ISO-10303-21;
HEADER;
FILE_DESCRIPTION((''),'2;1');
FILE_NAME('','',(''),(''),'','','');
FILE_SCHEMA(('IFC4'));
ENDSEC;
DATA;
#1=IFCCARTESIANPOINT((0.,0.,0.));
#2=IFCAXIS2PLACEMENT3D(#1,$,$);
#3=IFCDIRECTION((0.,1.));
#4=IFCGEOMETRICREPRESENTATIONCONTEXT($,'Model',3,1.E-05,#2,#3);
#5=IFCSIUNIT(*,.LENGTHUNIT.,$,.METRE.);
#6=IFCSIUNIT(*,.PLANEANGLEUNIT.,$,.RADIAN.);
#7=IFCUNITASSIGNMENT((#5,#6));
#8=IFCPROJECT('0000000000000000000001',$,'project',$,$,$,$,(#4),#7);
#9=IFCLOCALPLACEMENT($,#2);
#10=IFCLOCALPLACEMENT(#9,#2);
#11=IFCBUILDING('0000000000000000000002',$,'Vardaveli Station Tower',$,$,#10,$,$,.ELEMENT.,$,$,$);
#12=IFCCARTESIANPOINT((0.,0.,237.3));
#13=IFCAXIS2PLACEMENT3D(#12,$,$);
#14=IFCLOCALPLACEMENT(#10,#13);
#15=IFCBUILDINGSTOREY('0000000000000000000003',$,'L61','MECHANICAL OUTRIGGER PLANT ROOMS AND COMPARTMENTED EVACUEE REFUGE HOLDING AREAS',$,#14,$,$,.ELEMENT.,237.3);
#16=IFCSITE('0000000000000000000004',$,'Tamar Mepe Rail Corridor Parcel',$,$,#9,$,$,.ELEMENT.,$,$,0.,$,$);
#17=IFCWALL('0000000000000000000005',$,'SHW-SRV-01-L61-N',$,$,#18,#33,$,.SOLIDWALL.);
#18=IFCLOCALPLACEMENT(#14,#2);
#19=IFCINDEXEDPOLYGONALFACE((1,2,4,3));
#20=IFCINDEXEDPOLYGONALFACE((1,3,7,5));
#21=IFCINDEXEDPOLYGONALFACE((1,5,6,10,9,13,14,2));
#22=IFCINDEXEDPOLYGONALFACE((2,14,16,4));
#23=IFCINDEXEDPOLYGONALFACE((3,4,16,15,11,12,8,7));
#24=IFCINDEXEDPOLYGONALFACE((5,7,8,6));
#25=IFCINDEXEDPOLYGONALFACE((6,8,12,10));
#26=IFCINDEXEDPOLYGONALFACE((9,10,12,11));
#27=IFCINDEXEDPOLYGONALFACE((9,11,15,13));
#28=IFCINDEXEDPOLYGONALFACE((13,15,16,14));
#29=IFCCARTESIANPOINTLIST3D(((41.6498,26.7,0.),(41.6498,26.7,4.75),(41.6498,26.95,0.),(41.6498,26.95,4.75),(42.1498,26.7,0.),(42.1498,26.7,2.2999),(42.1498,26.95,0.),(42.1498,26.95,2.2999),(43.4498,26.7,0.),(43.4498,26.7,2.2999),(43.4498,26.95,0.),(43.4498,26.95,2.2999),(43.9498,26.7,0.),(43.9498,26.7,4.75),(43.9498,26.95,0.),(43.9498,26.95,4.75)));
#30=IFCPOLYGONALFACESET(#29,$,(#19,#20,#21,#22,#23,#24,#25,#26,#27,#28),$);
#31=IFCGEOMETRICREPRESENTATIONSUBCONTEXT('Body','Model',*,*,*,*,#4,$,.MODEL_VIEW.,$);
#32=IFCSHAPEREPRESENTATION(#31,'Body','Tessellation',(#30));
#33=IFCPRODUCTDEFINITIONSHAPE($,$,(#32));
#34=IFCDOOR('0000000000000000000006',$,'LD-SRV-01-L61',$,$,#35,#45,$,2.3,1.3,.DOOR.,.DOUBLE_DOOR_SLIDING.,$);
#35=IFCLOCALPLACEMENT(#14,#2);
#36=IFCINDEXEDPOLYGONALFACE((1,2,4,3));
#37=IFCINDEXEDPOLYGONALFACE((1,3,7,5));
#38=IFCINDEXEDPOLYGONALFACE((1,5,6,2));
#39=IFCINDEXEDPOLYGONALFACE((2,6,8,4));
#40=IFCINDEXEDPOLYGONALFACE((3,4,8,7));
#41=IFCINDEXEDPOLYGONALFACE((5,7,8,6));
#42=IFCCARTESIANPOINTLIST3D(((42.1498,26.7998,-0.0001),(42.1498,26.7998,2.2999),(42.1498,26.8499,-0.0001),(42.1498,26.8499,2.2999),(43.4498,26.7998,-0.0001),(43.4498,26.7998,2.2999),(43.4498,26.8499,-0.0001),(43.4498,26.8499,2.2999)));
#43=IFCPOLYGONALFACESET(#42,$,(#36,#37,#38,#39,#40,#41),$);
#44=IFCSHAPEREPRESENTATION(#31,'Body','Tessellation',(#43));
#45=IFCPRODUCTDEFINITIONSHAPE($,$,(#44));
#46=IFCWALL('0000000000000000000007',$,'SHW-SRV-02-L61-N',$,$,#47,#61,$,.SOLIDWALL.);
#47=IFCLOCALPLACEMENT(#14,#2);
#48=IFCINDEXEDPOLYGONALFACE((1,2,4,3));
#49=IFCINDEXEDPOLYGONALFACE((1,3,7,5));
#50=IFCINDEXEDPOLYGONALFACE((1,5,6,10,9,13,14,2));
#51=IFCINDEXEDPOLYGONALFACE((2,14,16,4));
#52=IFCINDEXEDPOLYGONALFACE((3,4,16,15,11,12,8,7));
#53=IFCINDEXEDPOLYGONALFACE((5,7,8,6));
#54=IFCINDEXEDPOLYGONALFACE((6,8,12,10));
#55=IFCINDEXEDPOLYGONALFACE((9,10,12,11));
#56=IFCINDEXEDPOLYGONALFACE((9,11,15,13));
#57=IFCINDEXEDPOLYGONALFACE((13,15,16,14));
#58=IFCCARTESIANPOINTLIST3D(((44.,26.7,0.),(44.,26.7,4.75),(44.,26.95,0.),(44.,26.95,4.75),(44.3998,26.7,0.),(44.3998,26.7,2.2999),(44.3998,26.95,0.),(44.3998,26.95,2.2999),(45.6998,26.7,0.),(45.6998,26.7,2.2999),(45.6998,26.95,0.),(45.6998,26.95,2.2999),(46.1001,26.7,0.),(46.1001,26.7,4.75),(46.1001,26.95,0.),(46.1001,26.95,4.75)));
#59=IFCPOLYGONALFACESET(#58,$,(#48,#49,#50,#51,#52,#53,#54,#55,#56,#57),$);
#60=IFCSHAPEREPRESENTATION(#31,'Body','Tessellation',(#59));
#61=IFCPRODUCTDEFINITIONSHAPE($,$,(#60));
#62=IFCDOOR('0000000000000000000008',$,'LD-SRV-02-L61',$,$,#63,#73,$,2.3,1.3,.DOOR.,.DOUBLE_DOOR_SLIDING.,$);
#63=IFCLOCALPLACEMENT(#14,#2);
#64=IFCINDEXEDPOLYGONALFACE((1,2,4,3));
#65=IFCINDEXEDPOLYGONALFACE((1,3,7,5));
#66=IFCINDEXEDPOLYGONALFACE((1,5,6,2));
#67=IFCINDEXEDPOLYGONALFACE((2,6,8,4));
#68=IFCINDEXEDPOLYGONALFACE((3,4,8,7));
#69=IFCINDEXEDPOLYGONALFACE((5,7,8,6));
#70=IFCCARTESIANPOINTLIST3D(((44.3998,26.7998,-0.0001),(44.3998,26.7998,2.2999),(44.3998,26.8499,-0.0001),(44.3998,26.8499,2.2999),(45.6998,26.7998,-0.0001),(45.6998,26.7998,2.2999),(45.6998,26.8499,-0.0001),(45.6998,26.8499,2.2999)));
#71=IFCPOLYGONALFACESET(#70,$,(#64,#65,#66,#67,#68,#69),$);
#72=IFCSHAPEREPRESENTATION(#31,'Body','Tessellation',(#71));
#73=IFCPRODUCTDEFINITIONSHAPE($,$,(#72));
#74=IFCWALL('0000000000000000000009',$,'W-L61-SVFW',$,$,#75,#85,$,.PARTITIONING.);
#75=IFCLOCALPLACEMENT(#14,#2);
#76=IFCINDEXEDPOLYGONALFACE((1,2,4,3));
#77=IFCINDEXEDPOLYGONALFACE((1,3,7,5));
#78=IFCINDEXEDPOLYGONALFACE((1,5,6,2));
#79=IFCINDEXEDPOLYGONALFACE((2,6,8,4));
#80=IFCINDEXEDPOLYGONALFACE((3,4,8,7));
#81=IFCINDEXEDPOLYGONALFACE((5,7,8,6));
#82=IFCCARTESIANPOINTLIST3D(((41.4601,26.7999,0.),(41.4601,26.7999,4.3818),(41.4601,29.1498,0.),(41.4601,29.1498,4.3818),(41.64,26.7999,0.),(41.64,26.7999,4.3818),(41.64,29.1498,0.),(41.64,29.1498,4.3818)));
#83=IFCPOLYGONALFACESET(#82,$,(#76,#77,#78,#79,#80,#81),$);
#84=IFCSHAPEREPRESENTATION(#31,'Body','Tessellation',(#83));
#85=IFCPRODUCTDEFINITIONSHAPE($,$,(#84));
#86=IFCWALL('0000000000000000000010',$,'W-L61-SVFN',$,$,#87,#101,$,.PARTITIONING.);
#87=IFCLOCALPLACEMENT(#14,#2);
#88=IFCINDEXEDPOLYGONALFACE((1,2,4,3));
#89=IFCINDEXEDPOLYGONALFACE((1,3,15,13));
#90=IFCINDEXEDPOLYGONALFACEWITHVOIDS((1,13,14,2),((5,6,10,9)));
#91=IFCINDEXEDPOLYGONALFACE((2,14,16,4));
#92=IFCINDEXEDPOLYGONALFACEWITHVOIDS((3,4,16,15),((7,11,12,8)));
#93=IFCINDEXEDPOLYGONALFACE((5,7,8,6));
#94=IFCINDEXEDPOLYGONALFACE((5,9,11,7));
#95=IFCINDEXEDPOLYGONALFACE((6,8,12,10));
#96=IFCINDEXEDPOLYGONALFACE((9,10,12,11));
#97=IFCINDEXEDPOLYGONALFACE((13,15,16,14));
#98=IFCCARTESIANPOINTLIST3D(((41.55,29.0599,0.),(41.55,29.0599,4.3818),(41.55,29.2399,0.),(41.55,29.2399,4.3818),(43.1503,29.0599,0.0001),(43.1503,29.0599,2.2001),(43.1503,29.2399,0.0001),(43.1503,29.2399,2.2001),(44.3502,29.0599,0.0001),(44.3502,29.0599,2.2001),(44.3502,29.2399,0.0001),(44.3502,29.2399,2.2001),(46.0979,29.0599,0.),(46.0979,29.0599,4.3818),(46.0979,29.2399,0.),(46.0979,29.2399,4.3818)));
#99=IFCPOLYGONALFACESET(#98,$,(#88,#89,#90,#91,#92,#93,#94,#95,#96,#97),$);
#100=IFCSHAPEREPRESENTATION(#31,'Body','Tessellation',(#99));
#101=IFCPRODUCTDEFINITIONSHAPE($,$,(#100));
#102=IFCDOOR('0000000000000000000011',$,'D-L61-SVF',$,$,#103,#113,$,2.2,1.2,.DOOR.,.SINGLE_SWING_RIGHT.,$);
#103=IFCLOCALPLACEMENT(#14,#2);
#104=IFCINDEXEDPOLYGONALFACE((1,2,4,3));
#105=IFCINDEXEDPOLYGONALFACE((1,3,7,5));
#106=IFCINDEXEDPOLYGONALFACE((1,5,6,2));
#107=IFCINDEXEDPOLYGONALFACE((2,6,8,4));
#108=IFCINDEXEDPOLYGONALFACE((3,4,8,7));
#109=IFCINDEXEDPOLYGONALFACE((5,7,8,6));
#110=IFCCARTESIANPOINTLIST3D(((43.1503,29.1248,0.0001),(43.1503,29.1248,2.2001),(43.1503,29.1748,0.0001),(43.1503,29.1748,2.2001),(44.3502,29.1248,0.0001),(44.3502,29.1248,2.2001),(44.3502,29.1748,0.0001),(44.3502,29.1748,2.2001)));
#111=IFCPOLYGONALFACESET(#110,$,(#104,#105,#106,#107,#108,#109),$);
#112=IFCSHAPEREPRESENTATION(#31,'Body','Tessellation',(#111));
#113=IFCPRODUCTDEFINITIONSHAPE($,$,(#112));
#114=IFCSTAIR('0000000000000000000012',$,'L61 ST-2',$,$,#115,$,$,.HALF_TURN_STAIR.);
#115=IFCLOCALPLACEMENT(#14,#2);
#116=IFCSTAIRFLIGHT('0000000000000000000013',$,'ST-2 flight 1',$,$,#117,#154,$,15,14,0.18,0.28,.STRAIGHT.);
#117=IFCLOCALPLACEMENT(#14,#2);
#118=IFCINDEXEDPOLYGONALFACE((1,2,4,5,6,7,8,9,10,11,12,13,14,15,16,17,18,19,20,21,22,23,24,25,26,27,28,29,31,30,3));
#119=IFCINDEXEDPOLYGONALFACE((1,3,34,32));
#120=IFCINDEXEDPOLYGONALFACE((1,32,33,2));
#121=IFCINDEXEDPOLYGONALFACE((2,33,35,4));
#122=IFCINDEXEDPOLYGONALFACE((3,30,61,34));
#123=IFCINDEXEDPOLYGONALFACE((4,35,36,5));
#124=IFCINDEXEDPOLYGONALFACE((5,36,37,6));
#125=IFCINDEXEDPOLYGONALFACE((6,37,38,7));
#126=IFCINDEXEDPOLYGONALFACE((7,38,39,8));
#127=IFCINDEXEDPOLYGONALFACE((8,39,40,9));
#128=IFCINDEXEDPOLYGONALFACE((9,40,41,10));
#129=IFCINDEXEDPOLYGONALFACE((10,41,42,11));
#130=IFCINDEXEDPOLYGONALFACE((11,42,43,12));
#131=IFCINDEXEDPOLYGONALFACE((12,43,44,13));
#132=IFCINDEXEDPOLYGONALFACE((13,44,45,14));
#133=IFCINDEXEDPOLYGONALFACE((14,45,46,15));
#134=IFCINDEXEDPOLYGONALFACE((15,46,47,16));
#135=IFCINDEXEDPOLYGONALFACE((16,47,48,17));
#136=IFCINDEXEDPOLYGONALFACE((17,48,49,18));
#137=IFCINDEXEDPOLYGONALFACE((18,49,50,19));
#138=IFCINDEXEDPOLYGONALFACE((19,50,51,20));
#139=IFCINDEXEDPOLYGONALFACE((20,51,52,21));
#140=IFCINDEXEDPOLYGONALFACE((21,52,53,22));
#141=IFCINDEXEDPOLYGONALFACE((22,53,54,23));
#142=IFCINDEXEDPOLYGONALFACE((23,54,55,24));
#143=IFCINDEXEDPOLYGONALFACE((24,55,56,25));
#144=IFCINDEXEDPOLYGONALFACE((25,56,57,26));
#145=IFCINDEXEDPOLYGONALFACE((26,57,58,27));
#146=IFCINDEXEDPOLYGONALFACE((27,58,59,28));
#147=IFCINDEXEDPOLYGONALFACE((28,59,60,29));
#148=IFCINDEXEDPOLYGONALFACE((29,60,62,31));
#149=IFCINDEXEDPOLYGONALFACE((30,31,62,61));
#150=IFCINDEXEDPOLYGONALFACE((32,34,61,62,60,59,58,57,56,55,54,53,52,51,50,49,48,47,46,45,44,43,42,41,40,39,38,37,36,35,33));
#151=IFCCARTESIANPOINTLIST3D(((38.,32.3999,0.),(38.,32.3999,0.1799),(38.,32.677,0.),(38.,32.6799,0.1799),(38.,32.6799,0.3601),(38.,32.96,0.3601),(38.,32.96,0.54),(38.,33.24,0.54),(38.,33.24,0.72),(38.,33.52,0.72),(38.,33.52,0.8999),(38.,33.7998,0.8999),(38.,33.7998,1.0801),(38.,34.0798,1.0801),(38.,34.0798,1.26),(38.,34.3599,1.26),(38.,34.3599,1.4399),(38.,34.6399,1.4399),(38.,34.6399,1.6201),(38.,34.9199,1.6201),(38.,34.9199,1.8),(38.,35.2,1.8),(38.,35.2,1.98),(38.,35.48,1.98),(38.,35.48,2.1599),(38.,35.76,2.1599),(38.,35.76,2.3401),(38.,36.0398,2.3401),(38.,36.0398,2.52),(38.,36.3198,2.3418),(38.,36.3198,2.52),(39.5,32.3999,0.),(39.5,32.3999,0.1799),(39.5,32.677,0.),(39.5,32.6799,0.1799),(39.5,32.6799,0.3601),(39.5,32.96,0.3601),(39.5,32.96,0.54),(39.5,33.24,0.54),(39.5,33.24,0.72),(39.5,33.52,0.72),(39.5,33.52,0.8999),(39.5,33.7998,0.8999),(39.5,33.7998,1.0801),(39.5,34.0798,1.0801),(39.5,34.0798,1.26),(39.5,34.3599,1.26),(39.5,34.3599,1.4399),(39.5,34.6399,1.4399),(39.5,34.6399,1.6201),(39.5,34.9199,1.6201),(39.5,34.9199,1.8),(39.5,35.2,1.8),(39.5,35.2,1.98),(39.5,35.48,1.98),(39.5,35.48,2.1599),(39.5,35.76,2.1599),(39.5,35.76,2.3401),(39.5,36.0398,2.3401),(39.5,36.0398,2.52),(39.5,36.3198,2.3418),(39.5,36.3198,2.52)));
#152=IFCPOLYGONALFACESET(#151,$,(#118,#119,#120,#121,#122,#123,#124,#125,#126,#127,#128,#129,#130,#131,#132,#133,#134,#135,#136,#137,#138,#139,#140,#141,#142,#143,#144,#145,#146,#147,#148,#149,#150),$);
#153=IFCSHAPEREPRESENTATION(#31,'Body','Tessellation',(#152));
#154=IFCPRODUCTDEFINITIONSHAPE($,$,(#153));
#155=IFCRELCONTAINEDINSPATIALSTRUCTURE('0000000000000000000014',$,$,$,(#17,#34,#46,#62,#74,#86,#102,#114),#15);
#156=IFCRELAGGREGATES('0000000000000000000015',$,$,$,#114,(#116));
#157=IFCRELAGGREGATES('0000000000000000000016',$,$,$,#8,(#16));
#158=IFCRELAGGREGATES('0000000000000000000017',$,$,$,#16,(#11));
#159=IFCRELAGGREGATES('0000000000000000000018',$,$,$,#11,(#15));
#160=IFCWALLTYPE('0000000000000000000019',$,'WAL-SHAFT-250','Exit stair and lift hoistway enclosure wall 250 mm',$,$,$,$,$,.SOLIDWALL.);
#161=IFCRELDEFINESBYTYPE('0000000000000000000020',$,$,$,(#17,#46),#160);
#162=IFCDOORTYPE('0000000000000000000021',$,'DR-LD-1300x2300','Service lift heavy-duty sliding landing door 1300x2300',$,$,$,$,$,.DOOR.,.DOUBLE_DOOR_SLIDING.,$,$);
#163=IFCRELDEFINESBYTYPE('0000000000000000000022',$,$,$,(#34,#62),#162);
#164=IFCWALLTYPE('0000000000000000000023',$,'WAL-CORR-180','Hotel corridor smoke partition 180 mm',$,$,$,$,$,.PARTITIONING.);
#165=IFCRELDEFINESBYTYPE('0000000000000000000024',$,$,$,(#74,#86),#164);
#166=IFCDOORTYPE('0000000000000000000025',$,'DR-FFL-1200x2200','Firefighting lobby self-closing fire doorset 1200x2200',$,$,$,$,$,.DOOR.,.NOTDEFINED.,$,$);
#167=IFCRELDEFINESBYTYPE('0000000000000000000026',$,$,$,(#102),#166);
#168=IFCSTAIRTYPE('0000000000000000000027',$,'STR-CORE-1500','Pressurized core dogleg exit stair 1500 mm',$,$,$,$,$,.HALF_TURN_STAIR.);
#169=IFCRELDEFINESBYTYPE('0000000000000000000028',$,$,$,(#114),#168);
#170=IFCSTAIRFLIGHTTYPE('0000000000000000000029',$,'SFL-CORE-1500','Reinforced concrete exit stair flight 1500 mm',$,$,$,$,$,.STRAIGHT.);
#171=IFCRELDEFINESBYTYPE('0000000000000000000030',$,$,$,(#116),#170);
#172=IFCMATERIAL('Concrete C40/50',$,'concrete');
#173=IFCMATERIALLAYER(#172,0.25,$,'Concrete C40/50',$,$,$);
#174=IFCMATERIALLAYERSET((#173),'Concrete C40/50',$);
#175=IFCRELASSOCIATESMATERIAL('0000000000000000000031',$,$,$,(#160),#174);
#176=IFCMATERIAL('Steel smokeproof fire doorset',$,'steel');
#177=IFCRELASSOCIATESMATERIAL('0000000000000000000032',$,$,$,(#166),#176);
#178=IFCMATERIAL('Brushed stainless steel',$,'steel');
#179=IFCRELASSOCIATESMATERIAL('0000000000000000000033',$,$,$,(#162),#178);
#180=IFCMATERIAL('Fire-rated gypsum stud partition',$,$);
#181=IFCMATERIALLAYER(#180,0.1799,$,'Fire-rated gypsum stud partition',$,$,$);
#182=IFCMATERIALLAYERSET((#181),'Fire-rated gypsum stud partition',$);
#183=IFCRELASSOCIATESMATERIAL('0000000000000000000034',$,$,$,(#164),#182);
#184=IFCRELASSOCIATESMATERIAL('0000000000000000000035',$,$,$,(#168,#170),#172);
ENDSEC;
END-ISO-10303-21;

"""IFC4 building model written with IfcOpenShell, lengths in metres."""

from ifc_helpers import new_model, si_unit, direction, frame, frame_2d, origin, place, context, subcontext, project, spatial, polyline, rectangle, outline, extrude, source, transform, mapped, material, layer, layer_set, type_object, element, fill, aggregate, save


model = new_model("IFC4")

# Units and contexts
model_context = context("Model", 3, precision=1e-05, world=origin(), true_north=direction((0.0, 1.0)))
body_context = subcontext(model_context, "Body", "Model", "MODEL_VIEW")
ifc_project = project(units=[si_unit("LENGTHUNIT", "METRE"), si_unit("PLANEANGLEUNIT", "RADIAN")], contexts=[model_context])

# Site, building, storey
site_placement = place(None, origin())
site = spatial("IfcSite", under=ifc_project, at=site_placement, Name="Tamar Mepe Rail Corridor Parcel", CompositionType="ELEMENT", RefElevation=0.0)
building_placement = place(site_placement, origin())
building = spatial("IfcBuilding", under=site, at=building_placement, Name="Vardaveli Station Tower", CompositionType="ELEMENT")
storey_placement = place(building_placement, frame((0.0, 0.0, 237.3)))
storey = spatial("IfcBuildingStorey", under=building, at=storey_placement, Name="L61", Description="MECHANICAL OUTRIGGER PLANT ROOMS AND COMPARTMENTED EVACUEE REFUGE HOLDING AREAS", CompositionType="ELEMENT", Elevation=237.3)

# Shared definitions
ifc_material_1 = material(Name="Concrete C40/50", Category="concrete")
ifc_layer_1 = layer(ifc_material_1, 0.25, Name="Concrete C40/50")
ifc_layer_set_1 = layer_set([ifc_layer_1], Name="Concrete C40/50")
wall_type_1 = type_object("IfcWallType", Name="WAL-SHAFT-250", Description="Exit stair and lift hoistway enclosure wall 250 mm", PredefinedType="SOLIDWALL", material=ifc_layer_set_1)
ifc_material_2 = material(Name="Steel smokeproof fire doorset", Category="steel")
door_type_1 = type_object("IfcDoorType", Name="DR-FFL-1200x2200", Description="Firefighting lobby self-closing fire doorset 1200x2200", OperationType="NOTDEFINED", PredefinedType="DOOR", material=ifc_material_2)
shared_shape_1 = source(origin(), body_context, "Body", "SweptSolid", [
    extrude(rectangle(XDim=1.2, YDim=2.2, at=frame_2d((0.6001, 1.1001))), frame((0.0, 0.0249, 0.0), z_axis=(0.0, -1.0, 0.0), x_axis=(1.0, 0.0, 0.0)), (0.0, 0.0, 1.0), 0.05),
])

# Walls, openings, doors
ifc_material_3 = material(Name="Brushed stainless steel", Category="steel")
shared_shape_2 = source(origin(), body_context, "Body", "SweptSolid", [
    extrude(rectangle(XDim=2.3, YDim=0.25, at=frame_2d((1.1499, 0.0))), origin(), (0.0, 0.0, 1.0), 4.75),
])
wall_1_placement = place(storey_placement, frame((41.6499, 26.825, 0.0), z_axis=(0.0, 0.0, 1.0), x_axis=(1.0, 0.0, 0.0)))
wall_1 = element("IfcWall", 1, at=wall_1_placement, inside=storey, type_object=wall_type_1, Name="SHW-SRV-01-L61-N", PredefinedType="SOLIDWALL", context=body_context, shape_type="MappedRepresentation", body=[
    mapped(shared_shape_2, transform((0.0, 0.0, 0.0), scale=1.0)),
])
shared_shape_3 = source(origin(), body_context, "Body", "SweptSolid", [
    extrude(rectangle(XDim=1.3, YDim=2.3, at=frame_2d((0.6499, 1.1499))), frame((0.0, 0.135, 0.0), z_axis=(0.0, -1.0, 0.0), x_axis=(1.0, 0.0, 0.0)), (0.0, 0.0, 1.0), 0.27),
])
opening_1_placement = place(wall_1_placement, frame((0.5, 0.0, 0.0)))
opening_1 = element("IfcOpeningElement", 2, at=opening_1_placement, cuts=wall_1, PredefinedType="OPENING", context=body_context, shape_type="MappedRepresentation", body=[
    mapped(shared_shape_3, transform((0.0, 0.0, 0.0), scale=1.0)),
])
door_type_2 = type_object("IfcDoorType", Name="DR-LD-1300x2300", Description="Service lift heavy-duty sliding landing door 1300x2300", OperationType="DOUBLE_DOOR_SLIDING", PredefinedType="DOOR", material=ifc_material_3)
shared_shape_4 = source(origin(), body_context, "Body", "SweptSolid", [
    extrude(rectangle(XDim=1.3, YDim=2.3, at=frame_2d((0.6499, 1.1499))), frame((0.0, 0.0249, 0.0), z_axis=(0.0, -1.0, 0.0), x_axis=(1.0, 0.0, 0.0)), (0.0, 0.0, 1.0), 0.05),
])
door_1_placement = place(opening_1_placement, origin())
door_1 = element("IfcDoor", 3, at=door_1_placement, inside=storey, type_object=door_type_2, Name="LD-SRV-01-L61", OperationType="DOUBLE_DOOR_SLIDING", OverallHeight=2.3, OverallWidth=1.3, PredefinedType="DOOR", context=body_context, shape_type="MappedRepresentation", body=[
    mapped(shared_shape_4, transform((0.0, 0.0, 0.0), scale=1.0)),
])
fill(opening_1, door_1)
shared_shape_5 = source(origin(), body_context, "Body", "SweptSolid", [
    extrude(rectangle(XDim=2.1001, YDim=0.25, at=frame_2d((1.05, 0.0))), origin(), (0.0, 0.0, 1.0), 4.75),
])
wall_2_placement = place(storey_placement, frame((44.0, 26.825, 0.0), z_axis=(0.0, 0.0, 1.0), x_axis=(1.0, 0.0, 0.0)))
wall_2 = element("IfcWall", 4, at=wall_2_placement, inside=storey, type_object=wall_type_1, Name="SHW-SRV-02-L61-N", PredefinedType="SOLIDWALL", context=body_context, shape_type="MappedRepresentation", body=[
    mapped(shared_shape_5, transform((0.0, 0.0, 0.0), scale=1.0)),
])
opening_2_placement = place(wall_2_placement, frame((0.3999, 0.0, 0.0)))
opening_2 = element("IfcOpeningElement", 5, at=opening_2_placement, cuts=wall_2, PredefinedType="OPENING", context=body_context, shape_type="MappedRepresentation", body=[
    mapped(shared_shape_3, transform((0.0, 0.0, 0.0), scale=1.0)),
])
door_2_placement = place(opening_2_placement, origin())
door_2 = element("IfcDoor", 6, at=door_2_placement, inside=storey, type_object=door_type_2, Name="LD-SRV-02-L61", OperationType="DOUBLE_DOOR_SLIDING", OverallHeight=2.3, OverallWidth=1.3, PredefinedType="DOOR", context=body_context, shape_type="MappedRepresentation", body=[
    mapped(shared_shape_4, transform((0.0, 0.0, 0.0), scale=1.0)),
])
fill(opening_2, door_2)

# Wall
ifc_material_4 = material(Name="Fire-rated gypsum stud partition")
ifc_layer_2 = layer(ifc_material_4, 0.1799, Name="Fire-rated gypsum stud partition")
ifc_layer_set_2 = layer_set([ifc_layer_2], Name="Fire-rated gypsum stud partition")
wall_type_2 = type_object("IfcWallType", Name="WAL-CORR-180", Description="Hotel corridor smoke partition 180 mm", PredefinedType="PARTITIONING", material=ifc_layer_set_2)
shared_shape_6 = source(origin(), body_context, "Body", "SweptSolid", [
    extrude(rectangle(XDim=2.3499, YDim=0.1799, at=frame_2d((1.1748, 0.0))), origin(), (0.0, 0.0, 1.0), 4.3818),
])
wall_3_placement = place(storey_placement, frame((41.55, 26.8, 0.0), z_axis=(0.0, 0.0, 1.0), x_axis=(0.0, 1.0, 0.0)))
element("IfcWall", 7, at=wall_3_placement, inside=storey, type_object=wall_type_2, Name="W-L61-SVFW", PredefinedType="PARTITIONING", context=body_context, shape_type="MappedRepresentation", body=[
    mapped(shared_shape_6, transform((0.0, 0.0, 0.0), scale=1.0)),
])

# Wall, opening, door
shared_shape_7 = source(origin(), body_context, "Body", "SweptSolid", [
    extrude(rectangle(XDim=4.5479, YDim=0.1799, at=frame_2d((2.2739, 0.0))), origin(), (0.0, 0.0, 1.0), 4.3818),
])
wall_4_placement = place(storey_placement, frame((41.55, 29.1499, 0.0), z_axis=(0.0, 0.0, 1.0), x_axis=(1.0, 0.0, 0.0)))
wall_4 = element("IfcWall", 8, at=wall_4_placement, inside=storey, type_object=wall_type_2, Name="W-L61-SVFN", PredefinedType="PARTITIONING", context=body_context, shape_type="MappedRepresentation", body=[
    mapped(shared_shape_7, transform((0.0, 0.0, 0.0), scale=1.0)),
])
shared_shape_8 = source(origin(), body_context, "Body", "SweptSolid", [
    extrude(rectangle(XDim=1.2, YDim=2.2, at=frame_2d((0.6001, 1.1001))), frame((0.0, 0.1001, 0.0), z_axis=(0.0, -1.0, 0.0), x_axis=(1.0, 0.0, 0.0)), (0.0, 0.0, 1.0), 0.2),
])
opening_3_placement = place(wall_4_placement, frame((1.6001, 0.0, 0.0)))
opening_3 = element("IfcOpeningElement", 9, at=opening_3_placement, cuts=wall_4, PredefinedType="OPENING", context=body_context, shape_type="MappedRepresentation", body=[
    mapped(shared_shape_8, transform((0.0, 0.0, 0.0), scale=1.0)),
])
door_3_placement = place(opening_3_placement, origin())
door_3 = element("IfcDoor", 10, at=door_3_placement, inside=storey, type_object=door_type_1, Name="D-L61-SVF", OperationType="SINGLE_SWING_RIGHT", OverallHeight=2.2, OverallWidth=1.2, PredefinedType="DOOR", context=body_context, shape_type="MappedRepresentation", body=[
    mapped(shared_shape_1, transform((0.0, 0.0, 0.0), scale=1.0)),
])
fill(opening_3, door_3)

# Stair, stair flight
stair_type = type_object("IfcStairType", Name="STR-CORE-1500", Description="Pressurized core dogleg exit stair 1500 mm", PredefinedType="HALF_TURN_STAIR", material=ifc_material_1)
stair_1_placement = place(storey_placement, origin())
stair_1 = element("IfcStair", 11, at=stair_1_placement, inside=storey, type_object=stair_type, Name="L61 ST-2", PredefinedType="HALF_TURN_STAIR")
stair_flight_type = type_object("IfcStairFlightType", Name="SFL-CORE-1500", Description="Reinforced concrete exit stair flight 1500 mm", PredefinedType="STRAIGHT", material=ifc_material_1)
shared_shape_9 = source(origin(), body_context, "Body", "SweptSolid", [
    extrude(outline(polyline([(0.0, 0.0), (0.0, 0.1799), (0.28, 0.1799), (0.28, 0.3601), (0.5601, 0.3601), (0.5601, 0.54), (0.8401, 0.54), (0.8401, 0.72), (1.1201, 0.72), (1.1201, 0.8999), (1.3999, 0.8999), (1.3999, 1.0801), (1.6799, 1.0801), (1.6799, 1.26), (1.96, 1.26), (1.96, 1.4399), (2.24, 1.4399), (2.24, 1.6201), (2.52, 1.6201), (2.52, 1.8), (2.8, 1.8), (2.8, 1.98), (3.0801, 1.98), (3.0801, 2.1599), (3.3601, 2.1599), (3.3601, 2.3401), (3.6399, 2.3401), (3.6399, 2.52), (3.9199, 2.52), (3.9199, 2.7), (3.9199, 2.3418), (0.2771, 0.0), (0.0, 0.0)])), frame((0.0, 0.75, 0.0), z_axis=(0.0, -1.0, 0.0), x_axis=(1.0, 0.0, 0.0)), (0.0, 0.0, 1.0), 1.5),
])
stair_flight_1_placement = place(storey_placement, frame((38.75, 32.3999, 0.0), z_axis=(0.0, 0.0, 1.0), x_axis=(0.0, 1.0, 0.0)))
stair_flight_1 = element("IfcStairFlight", 12, at=stair_flight_1_placement, type_object=stair_flight_type, Name="ST-2 flight 1", NumberOfRisers=15, NumberOfTreads=14, PredefinedType="STRAIGHT", RiserHeight=0.18, TreadLength=0.28, context=body_context, shape_type="MappedRepresentation", body=[
    mapped(shared_shape_9, transform((0.0, 0.0, 0.0), scale=1.0)),
])
aggregate(stair_1, [stair_flight_1])

save(model, "model.ifc")
